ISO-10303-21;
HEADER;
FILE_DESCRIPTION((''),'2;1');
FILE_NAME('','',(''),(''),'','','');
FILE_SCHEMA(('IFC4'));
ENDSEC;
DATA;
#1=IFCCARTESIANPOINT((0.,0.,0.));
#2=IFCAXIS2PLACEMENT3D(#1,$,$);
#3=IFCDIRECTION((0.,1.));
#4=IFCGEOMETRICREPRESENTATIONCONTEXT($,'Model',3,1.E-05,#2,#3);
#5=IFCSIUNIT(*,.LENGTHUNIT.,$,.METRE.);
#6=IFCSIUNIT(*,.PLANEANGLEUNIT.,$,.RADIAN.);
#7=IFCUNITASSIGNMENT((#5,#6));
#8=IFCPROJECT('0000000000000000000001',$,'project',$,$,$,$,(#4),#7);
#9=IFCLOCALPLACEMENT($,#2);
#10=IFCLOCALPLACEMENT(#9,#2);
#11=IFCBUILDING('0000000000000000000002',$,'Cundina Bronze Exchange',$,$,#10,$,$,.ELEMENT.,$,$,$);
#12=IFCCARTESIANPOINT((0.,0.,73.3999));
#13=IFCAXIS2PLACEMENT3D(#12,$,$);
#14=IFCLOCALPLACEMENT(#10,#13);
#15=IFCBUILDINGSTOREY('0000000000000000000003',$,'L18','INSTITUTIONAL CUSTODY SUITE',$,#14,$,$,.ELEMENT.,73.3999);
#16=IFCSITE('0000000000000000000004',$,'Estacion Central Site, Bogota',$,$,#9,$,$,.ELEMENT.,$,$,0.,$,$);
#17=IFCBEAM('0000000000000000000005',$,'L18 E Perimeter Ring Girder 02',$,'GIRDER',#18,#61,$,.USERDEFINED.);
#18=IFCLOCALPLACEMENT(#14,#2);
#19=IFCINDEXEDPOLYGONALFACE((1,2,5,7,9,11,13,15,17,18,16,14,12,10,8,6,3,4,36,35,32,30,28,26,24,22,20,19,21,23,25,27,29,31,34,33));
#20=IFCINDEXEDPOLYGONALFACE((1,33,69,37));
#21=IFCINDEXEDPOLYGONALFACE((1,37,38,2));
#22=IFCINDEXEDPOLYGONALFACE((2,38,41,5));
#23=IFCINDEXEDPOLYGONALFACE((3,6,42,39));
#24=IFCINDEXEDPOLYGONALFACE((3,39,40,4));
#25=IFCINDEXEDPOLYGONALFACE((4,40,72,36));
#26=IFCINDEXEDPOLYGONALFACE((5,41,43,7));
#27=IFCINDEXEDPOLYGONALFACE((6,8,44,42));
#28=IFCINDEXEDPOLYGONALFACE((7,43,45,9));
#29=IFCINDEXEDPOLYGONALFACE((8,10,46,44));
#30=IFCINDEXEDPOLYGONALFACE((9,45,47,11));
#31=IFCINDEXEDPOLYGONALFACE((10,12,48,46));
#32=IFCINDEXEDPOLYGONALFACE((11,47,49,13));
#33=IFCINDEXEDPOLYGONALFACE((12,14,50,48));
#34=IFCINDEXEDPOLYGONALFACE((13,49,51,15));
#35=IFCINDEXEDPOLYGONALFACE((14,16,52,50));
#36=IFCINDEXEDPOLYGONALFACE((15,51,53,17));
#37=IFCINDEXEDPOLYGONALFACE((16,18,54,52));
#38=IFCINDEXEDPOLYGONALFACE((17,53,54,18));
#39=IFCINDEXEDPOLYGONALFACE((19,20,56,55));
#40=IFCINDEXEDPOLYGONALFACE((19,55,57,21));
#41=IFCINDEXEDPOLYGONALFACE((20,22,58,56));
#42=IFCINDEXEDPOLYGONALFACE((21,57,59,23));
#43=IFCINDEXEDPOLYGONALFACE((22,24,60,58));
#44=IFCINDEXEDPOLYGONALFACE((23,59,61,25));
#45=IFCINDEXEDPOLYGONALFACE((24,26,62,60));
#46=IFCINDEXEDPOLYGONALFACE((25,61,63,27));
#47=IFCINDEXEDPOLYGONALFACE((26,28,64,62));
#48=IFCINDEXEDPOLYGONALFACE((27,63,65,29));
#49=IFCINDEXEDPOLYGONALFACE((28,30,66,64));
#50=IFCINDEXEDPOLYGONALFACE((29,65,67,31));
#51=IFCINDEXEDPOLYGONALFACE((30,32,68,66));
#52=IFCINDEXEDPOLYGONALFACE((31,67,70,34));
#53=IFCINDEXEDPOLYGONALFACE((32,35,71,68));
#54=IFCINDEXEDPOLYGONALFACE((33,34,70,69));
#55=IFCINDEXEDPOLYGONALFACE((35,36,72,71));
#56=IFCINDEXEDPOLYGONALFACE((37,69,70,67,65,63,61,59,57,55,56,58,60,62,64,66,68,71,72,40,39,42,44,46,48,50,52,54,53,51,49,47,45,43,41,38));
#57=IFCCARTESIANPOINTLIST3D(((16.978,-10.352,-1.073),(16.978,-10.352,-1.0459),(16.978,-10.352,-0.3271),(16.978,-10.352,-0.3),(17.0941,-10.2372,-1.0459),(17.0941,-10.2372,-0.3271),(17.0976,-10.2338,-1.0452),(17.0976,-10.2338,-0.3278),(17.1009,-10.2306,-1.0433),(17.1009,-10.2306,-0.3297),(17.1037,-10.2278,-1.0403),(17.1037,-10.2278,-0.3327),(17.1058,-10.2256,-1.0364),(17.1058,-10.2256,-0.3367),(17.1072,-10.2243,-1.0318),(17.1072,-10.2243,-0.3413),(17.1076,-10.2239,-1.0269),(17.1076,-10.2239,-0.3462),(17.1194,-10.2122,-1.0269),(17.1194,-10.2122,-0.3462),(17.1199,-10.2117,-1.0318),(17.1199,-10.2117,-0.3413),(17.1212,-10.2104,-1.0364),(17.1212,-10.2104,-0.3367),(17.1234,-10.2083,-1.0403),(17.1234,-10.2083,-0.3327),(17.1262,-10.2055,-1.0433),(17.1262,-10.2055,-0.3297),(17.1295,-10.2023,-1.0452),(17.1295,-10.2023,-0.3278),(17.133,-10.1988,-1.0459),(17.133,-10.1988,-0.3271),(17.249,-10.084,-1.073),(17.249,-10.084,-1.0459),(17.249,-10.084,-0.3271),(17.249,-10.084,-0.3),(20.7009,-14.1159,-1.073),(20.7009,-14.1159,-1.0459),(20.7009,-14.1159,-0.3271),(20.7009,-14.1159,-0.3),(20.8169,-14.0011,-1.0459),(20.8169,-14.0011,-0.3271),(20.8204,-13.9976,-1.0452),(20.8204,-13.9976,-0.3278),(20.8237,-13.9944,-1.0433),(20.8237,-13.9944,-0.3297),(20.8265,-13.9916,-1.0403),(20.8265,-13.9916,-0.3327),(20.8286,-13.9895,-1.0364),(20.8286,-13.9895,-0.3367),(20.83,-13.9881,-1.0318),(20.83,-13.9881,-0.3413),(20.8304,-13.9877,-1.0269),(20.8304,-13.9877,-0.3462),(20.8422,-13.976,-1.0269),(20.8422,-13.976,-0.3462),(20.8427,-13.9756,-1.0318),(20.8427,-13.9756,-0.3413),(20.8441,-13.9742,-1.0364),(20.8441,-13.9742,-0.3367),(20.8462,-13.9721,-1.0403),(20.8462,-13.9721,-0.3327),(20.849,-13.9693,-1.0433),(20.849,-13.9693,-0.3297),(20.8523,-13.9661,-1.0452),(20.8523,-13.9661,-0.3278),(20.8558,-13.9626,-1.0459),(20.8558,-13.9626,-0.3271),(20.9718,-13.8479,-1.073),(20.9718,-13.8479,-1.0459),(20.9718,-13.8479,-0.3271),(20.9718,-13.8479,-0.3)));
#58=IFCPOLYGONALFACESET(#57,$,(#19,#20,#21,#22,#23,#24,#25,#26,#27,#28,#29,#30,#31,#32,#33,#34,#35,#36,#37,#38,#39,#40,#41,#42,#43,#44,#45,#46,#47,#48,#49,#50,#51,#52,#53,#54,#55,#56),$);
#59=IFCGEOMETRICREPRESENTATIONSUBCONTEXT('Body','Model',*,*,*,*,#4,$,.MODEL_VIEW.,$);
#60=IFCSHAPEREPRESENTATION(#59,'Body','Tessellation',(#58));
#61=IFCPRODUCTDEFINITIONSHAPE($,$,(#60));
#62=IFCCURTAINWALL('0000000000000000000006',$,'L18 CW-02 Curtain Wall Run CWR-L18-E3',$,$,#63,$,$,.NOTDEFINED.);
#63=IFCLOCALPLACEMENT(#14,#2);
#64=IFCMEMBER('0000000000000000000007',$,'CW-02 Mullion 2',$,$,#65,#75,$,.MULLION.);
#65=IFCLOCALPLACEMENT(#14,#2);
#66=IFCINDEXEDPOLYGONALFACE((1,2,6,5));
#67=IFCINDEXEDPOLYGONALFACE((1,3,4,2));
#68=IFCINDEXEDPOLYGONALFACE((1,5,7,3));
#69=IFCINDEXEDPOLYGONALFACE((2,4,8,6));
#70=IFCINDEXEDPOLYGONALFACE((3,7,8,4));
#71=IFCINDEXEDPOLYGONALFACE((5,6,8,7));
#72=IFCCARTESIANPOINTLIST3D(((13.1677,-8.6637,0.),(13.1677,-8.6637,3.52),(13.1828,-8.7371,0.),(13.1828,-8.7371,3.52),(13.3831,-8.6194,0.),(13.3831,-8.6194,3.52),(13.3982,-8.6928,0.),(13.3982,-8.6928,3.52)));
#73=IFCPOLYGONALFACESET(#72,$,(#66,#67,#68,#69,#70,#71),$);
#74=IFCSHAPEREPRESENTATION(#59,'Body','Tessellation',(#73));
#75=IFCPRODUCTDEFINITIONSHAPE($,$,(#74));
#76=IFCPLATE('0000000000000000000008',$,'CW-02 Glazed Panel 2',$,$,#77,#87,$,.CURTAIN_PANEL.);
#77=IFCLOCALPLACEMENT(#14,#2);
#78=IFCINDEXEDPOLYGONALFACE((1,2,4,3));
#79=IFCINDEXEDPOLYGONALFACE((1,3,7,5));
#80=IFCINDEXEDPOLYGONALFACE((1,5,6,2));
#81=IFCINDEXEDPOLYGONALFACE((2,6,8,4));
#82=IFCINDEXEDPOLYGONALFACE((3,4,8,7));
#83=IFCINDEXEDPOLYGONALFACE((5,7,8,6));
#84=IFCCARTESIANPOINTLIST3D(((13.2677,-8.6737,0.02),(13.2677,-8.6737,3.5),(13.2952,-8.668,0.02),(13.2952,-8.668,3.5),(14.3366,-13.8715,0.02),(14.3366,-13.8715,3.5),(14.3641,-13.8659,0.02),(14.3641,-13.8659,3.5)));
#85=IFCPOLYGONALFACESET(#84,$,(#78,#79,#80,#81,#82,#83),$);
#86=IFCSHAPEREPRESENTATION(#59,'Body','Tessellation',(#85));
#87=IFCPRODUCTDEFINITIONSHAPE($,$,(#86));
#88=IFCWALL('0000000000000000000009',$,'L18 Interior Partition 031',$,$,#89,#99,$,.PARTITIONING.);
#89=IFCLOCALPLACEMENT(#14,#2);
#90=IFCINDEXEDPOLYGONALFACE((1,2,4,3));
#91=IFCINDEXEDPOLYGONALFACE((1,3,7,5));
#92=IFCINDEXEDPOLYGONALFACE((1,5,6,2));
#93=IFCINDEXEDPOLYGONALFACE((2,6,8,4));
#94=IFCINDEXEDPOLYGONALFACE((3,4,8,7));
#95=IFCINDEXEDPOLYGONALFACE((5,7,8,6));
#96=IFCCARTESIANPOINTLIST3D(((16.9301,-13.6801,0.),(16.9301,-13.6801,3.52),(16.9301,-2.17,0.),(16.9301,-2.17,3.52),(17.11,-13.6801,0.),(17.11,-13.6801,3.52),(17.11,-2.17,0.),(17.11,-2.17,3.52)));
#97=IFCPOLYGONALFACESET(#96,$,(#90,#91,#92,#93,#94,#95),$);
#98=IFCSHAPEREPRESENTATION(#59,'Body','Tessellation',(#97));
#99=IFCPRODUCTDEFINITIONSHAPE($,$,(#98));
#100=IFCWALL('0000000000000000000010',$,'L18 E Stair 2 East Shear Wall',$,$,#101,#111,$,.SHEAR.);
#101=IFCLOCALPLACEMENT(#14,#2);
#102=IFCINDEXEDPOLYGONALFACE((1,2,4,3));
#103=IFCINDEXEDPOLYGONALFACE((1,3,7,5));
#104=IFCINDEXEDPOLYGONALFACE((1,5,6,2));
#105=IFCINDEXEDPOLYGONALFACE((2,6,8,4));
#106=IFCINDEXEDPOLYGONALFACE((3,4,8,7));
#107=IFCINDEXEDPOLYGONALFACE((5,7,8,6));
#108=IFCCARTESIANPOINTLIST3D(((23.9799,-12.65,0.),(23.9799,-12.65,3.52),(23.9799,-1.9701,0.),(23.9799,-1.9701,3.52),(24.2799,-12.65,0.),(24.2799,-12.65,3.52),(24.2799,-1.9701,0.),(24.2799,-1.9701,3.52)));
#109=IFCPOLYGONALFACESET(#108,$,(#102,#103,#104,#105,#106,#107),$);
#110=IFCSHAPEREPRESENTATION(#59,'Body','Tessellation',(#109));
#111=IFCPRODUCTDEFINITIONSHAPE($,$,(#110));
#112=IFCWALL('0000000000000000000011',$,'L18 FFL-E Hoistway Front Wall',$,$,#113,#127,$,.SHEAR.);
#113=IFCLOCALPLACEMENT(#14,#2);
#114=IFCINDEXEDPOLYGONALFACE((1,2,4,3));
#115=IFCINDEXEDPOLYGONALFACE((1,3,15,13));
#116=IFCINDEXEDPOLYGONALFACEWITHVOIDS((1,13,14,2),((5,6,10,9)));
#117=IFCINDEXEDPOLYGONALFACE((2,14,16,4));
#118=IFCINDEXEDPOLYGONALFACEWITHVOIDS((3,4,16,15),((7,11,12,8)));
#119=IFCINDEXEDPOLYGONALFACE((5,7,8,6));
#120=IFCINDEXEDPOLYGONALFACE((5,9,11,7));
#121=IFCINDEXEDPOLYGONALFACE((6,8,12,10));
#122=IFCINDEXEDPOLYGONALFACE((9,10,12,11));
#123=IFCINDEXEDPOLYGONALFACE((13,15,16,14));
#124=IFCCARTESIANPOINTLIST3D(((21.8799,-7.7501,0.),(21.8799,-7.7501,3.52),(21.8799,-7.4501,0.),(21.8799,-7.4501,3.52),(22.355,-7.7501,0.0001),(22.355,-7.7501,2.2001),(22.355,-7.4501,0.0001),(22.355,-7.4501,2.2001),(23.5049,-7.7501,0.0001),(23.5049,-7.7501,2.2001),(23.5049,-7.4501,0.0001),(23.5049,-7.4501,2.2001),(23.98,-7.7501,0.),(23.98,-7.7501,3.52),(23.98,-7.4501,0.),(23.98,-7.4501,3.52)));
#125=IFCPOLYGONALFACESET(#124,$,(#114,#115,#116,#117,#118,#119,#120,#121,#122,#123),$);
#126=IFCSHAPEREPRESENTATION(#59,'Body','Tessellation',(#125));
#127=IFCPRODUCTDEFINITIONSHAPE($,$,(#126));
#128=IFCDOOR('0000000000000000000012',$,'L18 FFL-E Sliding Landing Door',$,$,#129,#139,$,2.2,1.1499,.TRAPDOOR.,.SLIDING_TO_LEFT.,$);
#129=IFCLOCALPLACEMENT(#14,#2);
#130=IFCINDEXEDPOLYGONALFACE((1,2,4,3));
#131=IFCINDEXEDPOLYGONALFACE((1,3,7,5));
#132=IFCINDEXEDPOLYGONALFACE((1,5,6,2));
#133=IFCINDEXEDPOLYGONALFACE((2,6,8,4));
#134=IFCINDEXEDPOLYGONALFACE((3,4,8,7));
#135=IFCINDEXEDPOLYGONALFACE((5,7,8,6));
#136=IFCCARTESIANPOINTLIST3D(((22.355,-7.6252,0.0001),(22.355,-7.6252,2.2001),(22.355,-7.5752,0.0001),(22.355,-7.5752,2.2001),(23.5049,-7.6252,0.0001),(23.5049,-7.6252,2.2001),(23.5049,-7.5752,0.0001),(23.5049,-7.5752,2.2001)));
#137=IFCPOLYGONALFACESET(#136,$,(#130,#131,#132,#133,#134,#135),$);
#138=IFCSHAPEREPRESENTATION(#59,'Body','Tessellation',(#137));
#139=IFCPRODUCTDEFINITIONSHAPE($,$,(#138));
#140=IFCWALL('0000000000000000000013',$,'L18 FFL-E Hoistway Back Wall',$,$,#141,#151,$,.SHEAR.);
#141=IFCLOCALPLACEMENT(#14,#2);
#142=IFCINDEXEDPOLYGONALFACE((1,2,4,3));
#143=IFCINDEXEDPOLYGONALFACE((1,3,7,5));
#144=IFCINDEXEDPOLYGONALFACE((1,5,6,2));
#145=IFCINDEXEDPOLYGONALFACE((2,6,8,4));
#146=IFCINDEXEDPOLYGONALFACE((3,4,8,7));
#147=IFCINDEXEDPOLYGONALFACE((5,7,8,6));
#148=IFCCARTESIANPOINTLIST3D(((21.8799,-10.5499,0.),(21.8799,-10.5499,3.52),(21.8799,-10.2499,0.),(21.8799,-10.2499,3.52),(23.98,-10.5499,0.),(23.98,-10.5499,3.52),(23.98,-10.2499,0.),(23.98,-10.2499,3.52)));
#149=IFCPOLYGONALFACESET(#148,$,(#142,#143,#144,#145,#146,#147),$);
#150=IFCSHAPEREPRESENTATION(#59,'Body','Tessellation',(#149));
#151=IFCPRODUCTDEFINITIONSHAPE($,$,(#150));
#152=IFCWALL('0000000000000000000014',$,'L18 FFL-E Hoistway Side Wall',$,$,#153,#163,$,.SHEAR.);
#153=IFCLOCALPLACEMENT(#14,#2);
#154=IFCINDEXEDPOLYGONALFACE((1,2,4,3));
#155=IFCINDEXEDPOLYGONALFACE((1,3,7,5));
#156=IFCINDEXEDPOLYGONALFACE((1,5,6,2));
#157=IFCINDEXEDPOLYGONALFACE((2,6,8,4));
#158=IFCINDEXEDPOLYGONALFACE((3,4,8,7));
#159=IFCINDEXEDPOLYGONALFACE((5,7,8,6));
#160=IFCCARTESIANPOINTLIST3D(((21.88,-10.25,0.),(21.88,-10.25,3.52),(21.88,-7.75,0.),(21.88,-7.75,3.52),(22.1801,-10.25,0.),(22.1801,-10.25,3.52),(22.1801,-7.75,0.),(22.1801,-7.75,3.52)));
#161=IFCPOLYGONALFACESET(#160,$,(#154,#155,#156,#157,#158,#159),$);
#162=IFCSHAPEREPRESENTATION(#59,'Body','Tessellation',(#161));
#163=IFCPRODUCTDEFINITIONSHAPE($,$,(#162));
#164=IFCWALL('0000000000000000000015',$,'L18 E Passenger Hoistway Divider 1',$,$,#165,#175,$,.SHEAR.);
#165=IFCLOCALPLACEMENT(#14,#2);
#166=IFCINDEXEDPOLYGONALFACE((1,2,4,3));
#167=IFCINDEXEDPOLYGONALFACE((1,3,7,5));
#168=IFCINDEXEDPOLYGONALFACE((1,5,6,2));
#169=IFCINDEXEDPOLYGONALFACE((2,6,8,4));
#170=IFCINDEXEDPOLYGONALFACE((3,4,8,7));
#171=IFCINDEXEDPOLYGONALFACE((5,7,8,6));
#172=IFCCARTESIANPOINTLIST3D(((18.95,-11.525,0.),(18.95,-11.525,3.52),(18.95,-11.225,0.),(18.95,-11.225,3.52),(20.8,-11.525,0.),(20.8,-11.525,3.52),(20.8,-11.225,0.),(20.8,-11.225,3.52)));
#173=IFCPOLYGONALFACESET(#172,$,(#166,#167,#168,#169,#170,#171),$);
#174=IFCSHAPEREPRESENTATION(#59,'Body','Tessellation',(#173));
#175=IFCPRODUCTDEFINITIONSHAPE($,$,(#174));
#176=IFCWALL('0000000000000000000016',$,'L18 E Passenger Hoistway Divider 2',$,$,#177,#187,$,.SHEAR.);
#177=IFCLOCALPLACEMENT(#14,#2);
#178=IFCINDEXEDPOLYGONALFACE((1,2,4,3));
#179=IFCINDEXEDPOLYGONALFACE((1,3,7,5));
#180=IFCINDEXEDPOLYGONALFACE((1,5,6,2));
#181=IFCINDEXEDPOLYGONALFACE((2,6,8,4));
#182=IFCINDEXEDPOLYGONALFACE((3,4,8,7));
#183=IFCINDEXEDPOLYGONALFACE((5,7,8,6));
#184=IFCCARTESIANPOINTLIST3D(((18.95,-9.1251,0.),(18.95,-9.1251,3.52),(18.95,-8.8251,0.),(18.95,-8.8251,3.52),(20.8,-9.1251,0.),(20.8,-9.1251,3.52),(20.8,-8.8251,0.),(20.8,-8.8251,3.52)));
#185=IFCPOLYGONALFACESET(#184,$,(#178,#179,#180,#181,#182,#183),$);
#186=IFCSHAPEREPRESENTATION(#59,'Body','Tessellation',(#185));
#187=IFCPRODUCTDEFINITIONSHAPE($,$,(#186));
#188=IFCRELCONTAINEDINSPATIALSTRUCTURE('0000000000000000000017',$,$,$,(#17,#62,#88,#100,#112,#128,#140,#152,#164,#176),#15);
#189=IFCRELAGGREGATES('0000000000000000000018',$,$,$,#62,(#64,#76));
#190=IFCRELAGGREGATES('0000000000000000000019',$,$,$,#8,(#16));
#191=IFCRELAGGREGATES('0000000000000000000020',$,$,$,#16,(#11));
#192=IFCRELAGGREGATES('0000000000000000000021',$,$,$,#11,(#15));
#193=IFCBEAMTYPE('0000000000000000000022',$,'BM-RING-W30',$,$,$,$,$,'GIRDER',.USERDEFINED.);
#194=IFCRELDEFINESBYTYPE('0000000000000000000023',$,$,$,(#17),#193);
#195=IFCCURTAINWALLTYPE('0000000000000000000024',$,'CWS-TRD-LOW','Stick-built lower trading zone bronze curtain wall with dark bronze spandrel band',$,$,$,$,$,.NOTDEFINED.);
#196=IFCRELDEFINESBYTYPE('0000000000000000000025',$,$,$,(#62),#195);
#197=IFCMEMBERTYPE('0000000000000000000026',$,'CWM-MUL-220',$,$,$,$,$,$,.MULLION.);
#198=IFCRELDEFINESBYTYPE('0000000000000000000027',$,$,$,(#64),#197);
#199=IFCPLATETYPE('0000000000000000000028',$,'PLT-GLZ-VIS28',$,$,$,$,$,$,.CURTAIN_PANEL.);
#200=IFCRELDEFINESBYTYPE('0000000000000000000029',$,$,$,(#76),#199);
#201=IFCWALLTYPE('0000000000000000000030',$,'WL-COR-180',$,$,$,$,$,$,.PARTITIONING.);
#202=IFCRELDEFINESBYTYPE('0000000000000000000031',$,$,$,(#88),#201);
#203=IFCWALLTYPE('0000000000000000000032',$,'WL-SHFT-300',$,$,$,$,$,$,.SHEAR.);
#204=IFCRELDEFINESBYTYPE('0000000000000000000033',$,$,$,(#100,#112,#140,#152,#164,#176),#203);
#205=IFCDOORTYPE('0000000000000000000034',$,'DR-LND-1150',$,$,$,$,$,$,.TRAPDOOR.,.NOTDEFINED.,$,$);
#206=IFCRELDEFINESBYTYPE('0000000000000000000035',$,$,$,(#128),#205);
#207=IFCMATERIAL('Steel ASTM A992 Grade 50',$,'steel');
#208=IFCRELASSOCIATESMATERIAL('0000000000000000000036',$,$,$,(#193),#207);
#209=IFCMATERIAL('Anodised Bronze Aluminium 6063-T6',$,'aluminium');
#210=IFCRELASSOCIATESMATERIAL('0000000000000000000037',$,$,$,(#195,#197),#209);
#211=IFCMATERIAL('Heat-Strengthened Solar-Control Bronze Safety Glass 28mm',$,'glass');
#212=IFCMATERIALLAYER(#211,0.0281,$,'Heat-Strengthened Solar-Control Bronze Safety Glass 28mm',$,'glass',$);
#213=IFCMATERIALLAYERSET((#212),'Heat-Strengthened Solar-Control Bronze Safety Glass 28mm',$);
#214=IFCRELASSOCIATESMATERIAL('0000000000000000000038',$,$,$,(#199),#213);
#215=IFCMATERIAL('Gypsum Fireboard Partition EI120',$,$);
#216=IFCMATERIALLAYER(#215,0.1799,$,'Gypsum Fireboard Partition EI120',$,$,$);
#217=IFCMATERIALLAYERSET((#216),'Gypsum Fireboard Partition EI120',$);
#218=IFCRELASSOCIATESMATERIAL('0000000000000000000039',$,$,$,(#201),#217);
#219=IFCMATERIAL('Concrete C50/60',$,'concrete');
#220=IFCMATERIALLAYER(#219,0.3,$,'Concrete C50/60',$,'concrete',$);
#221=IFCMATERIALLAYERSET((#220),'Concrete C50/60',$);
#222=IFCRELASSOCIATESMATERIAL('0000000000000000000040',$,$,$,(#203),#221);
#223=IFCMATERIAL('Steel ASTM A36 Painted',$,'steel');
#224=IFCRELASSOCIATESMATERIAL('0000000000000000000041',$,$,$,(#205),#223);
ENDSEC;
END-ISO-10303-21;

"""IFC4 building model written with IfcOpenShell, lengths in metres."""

from ifc_helpers import new_model, si_unit, direction, frame, frame_2d, origin, origin_2d, place, context, subcontext, project, spatial, rectangle, i_section, extrude, material, layer, layer_set, material_profile, profile_set, type_object, element, fill, aggregate, save


model = new_model("IFC4")

# Units and contexts
model_context = context("Model", 3, precision=1e-05, world=origin(), true_north=direction((0.0, 1.0)))
body_context = subcontext(model_context, "Body", "Model", "MODEL_VIEW")
ifc_project = project(units=[si_unit("LENGTHUNIT", "METRE"), si_unit("PLANEANGLEUNIT", "RADIAN")], contexts=[model_context])

# Site, building, storey
site_placement = place(None, origin())
site = spatial("IfcSite", under=ifc_project, at=site_placement, Name="Estacion Central Site, Bogota", CompositionType="ELEMENT", RefElevation=0.0)
building_placement = place(site_placement, origin())
building = spatial("IfcBuilding", under=site, at=building_placement, Name="Cundina Bronze Exchange", CompositionType="ELEMENT")
storey_placement = place(building_placement, frame((0.0, 0.0, 73.3999)))
storey = spatial("IfcBuildingStorey", under=building, at=storey_placement, Name="L18", Description="INSTITUTIONAL CUSTODY SUITE", CompositionType="ELEMENT", Elevation=73.3999)

# Beam
ifc_material_1 = material(Name="Steel ASTM A992 Grade 50", Category="steel")
ifc_material_profile_1 = material_profile(ifc_material_1, i_section(OverallWidth=0.3811, OverallDepth=0.7729, WebThickness=0.0166, FlangeThickness=0.0271, FilletRadius=0.019, at=origin_2d()), Name="W30X173", Category="steel")
ifc_profile_set_1 = profile_set([ifc_material_profile_1], Name="Steel ASTM A992 Grade 50")
beam_type_1 = type_object("IfcBeamType", Name="BM-RING-W30", ElementType="GIRDER", PredefinedType="USERDEFINED", material=ifc_profile_set_1)
beam_1_placement = place(storey_placement, frame((17.1135, -10.218, -0.6865), z_axis=(0.703222, -0.71097, 0.0), x_axis=(0.71097, 0.703222, 0.0)))
element("IfcBeam", 1, at=beam_1_placement, inside=storey, type_object=beam_type_1, Name="L18 E Perimeter Ring Girder 02", ObjectType="GIRDER", PredefinedType="USERDEFINED", context=body_context, shape_type="SweptSolid", body=[
    extrude(i_section(OverallWidth=0.3811, OverallDepth=0.7729, WebThickness=0.0166, FlangeThickness=0.0271, FilletRadius=0.019, at=origin_2d()), origin(), (0.0, 0.0, 1.0), 5.2939),
])

# Curtain wall, member, plate
ifc_material_2 = material(Name="Anodised Bronze Aluminium 6063-T6", Category="aluminium")
curtain_wall_type = type_object("IfcCurtainWallType", Name="CWS-TRD-LOW", Description="Stick-built lower trading zone bronze curtain wall with dark bronze spandrel band", PredefinedType="NOTDEFINED", material=ifc_material_2)
curtain_wall_placement = place(storey_placement, origin())
curtain_wall = element("IfcCurtainWall", 2, at=curtain_wall_placement, inside=storey, type_object=curtain_wall_type, Name="L18 CW-02 Curtain Wall Run CWR-L18-E3", PredefinedType="NOTDEFINED")
ifc_material_profile_2 = material_profile(ifc_material_2, rectangle(XDim=0.075, YDim=0.22, at=origin_2d()), Name="AL75X220", Category="aluminium")
ifc_profile_set_2 = profile_set([ifc_material_profile_2], Name="Anodised Bronze Aluminium 6063-T6")
member_type = type_object("IfcMemberType", Name="CWM-MUL-220", PredefinedType="MULLION", material=ifc_profile_set_2)
member_placement = place(storey_placement, frame((13.283, -8.6782, 0.0), z_axis=(0.0, 0.0, 1.0), x_axis=(0.20142, -0.979505, 0.0)))
member = element("IfcMember", 3, at=member_placement, type_object=member_type, Name="CW-02 Mullion 2", PredefinedType="MULLION", context=body_context, shape_type="SweptSolid", body=[
    extrude(rectangle(XDim=0.075, YDim=0.22, at=origin_2d()), origin(), (0.0, 0.0, 1.0), 3.52),
])
ifc_material_3 = material(Name="Heat-Strengthened Solar-Control Bronze Safety Glass 28mm", Category="glass")
ifc_layer_1 = layer(ifc_material_3, 0.0281, Name="Heat-Strengthened Solar-Control Bronze Safety Glass 28mm", Category="glass")
ifc_layer_set_1 = layer_set([ifc_layer_1], Name="Heat-Strengthened Solar-Control Bronze Safety Glass 28mm")
plate_type = type_object("IfcPlateType", Name="PLT-GLZ-VIS28", PredefinedType="CURTAIN_PANEL", material=ifc_layer_set_1)
plate_placement = place(storey_placement, frame((13.8159, -11.2698, 0.02), z_axis=(0.0, 0.0, 1.0), x_axis=(0.20142, -0.979505, 0.0)))
plate = element("IfcPlate", 4, at=plate_placement, type_object=plate_type, Name="CW-02 Glazed Panel 2", PredefinedType="CURTAIN_PANEL", context=body_context, shape_type="SweptSolid", body=[
    extrude(rectangle(XDim=5.3066, YDim=0.0281, at=origin_2d()), origin(), (0.0, 0.0, 1.0), 3.48),
])
aggregate(curtain_wall, [member, plate])

# Walls
ifc_material_4 = material(Name="Gypsum Fireboard Partition EI120")
ifc_layer_2 = layer(ifc_material_4, 0.1799, Name="Gypsum Fireboard Partition EI120")
ifc_layer_set_2 = layer_set([ifc_layer_2], Name="Gypsum Fireboard Partition EI120")
wall_type_1 = type_object("IfcWallType", Name="WL-COR-180", PredefinedType="PARTITIONING", material=ifc_layer_set_2)
wall_1_placement = place(storey_placement, frame((17.02, -13.6799, 0.0), z_axis=(0.0, 0.0, 1.0), x_axis=(0.0, 1.0, 0.0)))
element("IfcWall", 5, at=wall_1_placement, inside=storey, type_object=wall_type_1, Name="L18 Interior Partition 031", PredefinedType="PARTITIONING", context=body_context, shape_type="SweptSolid", body=[
    extrude(rectangle(XDim=11.51, YDim=0.1799, at=frame_2d((5.7549, 0.0))), origin(), (0.0, 0.0, 1.0), 3.52),
])
ifc_material_5 = material(Name="Concrete C50/60", Category="concrete")
ifc_layer_3 = layer(ifc_material_5, 0.3, Name="Concrete C50/60", Category="concrete")
ifc_layer_set_3 = layer_set([ifc_layer_3], Name="Concrete C50/60")
wall_type_2 = type_object("IfcWallType", Name="WL-SHFT-300", PredefinedType="SHEAR", material=ifc_layer_set_3)
wall_2_placement = place(storey_placement, frame((24.1299, -12.6499, 0.0), z_axis=(0.0, 0.0, 1.0), x_axis=(0.0, 1.0, 0.0)))
element("IfcWall", 6, at=wall_2_placement, inside=storey, type_object=wall_type_2, Name="L18 E Stair 2 East Shear Wall", PredefinedType="SHEAR", context=body_context, shape_type="SweptSolid", body=[
    extrude(rectangle(XDim=10.6799, YDim=0.3, at=frame_2d((5.3398, 0.0))), origin(), (0.0, 0.0, 1.0), 3.52),
])

# Wall, opening, door
ifc_material_6 = material(Name="Steel ASTM A36 Painted", Category="steel")
wall_3_placement = place(storey_placement, frame((21.8799, -7.6001, 0.0), z_axis=(0.0, 0.0, 1.0), x_axis=(1.0, 0.0, 0.0)))
wall_3 = element("IfcWall", 7, at=wall_3_placement, inside=storey, type_object=wall_type_2, Name="L18 FFL-E Hoistway Front Wall", PredefinedType="SHEAR", context=body_context, shape_type="SweptSolid", body=[
    extrude(rectangle(XDim=2.1001, YDim=0.3, at=frame_2d((1.05, 0.0))), origin(), (0.0, 0.0, 1.0), 3.52),
])
opening_1_placement = place(wall_3_placement, frame((0.4751, 0.0, 0.0)))
opening_1 = element("IfcOpeningElement", 8, at=opening_1_placement, cuts=wall_3, PredefinedType="OPENING", context=body_context, shape_type="SweptSolid", body=[
    extrude(rectangle(XDim=1.1499, YDim=2.2, at=frame_2d((0.575, 1.1001))), frame((0.0, 0.1599, 0.0), z_axis=(0.0, -1.0, 0.0), x_axis=(1.0, 0.0, 0.0)), (0.0, 0.0, 1.0), 0.3201),
])
door_type_1 = type_object("IfcDoorType", Name="DR-LND-1150", OperationType="NOTDEFINED", PredefinedType="TRAPDOOR", material=ifc_material_6)
door_1_placement = place(opening_1_placement, origin())
door_1 = element("IfcDoor", 9, at=door_1_placement, inside=storey, type_object=door_type_1, Name="L18 FFL-E Sliding Landing Door", OperationType="SLIDING_TO_LEFT", OverallHeight=2.2, OverallWidth=1.1499, PredefinedType="TRAPDOOR", context=body_context, shape_type="SweptSolid", body=[
    extrude(rectangle(XDim=1.1499, YDim=2.2, at=frame_2d((0.575, 1.1001))), frame((0.0, 0.0249, 0.0), z_axis=(0.0, -1.0, 0.0), x_axis=(1.0, 0.0, 0.0)), (0.0, 0.0, 1.0), 0.05),
])
fill(opening_1, door_1)

# Walls
wall_4_placement = place(storey_placement, frame((21.8799, -10.3999, 0.0), z_axis=(0.0, 0.0, 1.0), x_axis=(1.0, 0.0, 0.0)))
element("IfcWall", 10, at=wall_4_placement, inside=storey, type_object=wall_type_2, Name="L18 FFL-E Hoistway Back Wall", PredefinedType="SHEAR", context=body_context, shape_type="SweptSolid", body=[
    extrude(rectangle(XDim=2.1001, YDim=0.3, at=frame_2d((1.05, 0.0))), origin(), (0.0, 0.0, 1.0), 3.52),
])
wall_5_placement = place(storey_placement, frame((22.03, -10.25, 0.0), z_axis=(0.0, 0.0, 1.0), x_axis=(0.0, 1.0, 0.0)))
element("IfcWall", 11, at=wall_5_placement, inside=storey, type_object=wall_type_2, Name="L18 FFL-E Hoistway Side Wall", PredefinedType="SHEAR", context=body_context, shape_type="SweptSolid", body=[
    extrude(rectangle(XDim=2.5, YDim=0.3, at=frame_2d((1.25, 0.0))), origin(), (0.0, 0.0, 1.0), 3.52),
])
for number, where, z_axis, x_axis, name in (
    (12, (18.95, -11.375, 0.0), (0.0, 0.0, 1.0), (1.0, 0.0, 0.0), "L18 E Passenger Hoistway Divider 1"),
    (13, (18.95, -8.9751, 0.0), (0.0, 0.0, 1.0), (1.0, 0.0, 0.0), "L18 E Passenger Hoistway Divider 2"),
):
    element("IfcWall", number, at=place(storey_placement, frame(where, z_axis=z_axis, x_axis=x_axis)), inside=storey, type_object=wall_type_2, Name=name, PredefinedType="SHEAR", context=body_context, shape_type="SweptSolid", body=[
        extrude(rectangle(XDim=1.8501, YDim=0.3, at=frame_2d((0.925, 0.0))), origin(), (0.0, 0.0, 1.0), 3.52),
    ])

save(model, "model.ifc")
